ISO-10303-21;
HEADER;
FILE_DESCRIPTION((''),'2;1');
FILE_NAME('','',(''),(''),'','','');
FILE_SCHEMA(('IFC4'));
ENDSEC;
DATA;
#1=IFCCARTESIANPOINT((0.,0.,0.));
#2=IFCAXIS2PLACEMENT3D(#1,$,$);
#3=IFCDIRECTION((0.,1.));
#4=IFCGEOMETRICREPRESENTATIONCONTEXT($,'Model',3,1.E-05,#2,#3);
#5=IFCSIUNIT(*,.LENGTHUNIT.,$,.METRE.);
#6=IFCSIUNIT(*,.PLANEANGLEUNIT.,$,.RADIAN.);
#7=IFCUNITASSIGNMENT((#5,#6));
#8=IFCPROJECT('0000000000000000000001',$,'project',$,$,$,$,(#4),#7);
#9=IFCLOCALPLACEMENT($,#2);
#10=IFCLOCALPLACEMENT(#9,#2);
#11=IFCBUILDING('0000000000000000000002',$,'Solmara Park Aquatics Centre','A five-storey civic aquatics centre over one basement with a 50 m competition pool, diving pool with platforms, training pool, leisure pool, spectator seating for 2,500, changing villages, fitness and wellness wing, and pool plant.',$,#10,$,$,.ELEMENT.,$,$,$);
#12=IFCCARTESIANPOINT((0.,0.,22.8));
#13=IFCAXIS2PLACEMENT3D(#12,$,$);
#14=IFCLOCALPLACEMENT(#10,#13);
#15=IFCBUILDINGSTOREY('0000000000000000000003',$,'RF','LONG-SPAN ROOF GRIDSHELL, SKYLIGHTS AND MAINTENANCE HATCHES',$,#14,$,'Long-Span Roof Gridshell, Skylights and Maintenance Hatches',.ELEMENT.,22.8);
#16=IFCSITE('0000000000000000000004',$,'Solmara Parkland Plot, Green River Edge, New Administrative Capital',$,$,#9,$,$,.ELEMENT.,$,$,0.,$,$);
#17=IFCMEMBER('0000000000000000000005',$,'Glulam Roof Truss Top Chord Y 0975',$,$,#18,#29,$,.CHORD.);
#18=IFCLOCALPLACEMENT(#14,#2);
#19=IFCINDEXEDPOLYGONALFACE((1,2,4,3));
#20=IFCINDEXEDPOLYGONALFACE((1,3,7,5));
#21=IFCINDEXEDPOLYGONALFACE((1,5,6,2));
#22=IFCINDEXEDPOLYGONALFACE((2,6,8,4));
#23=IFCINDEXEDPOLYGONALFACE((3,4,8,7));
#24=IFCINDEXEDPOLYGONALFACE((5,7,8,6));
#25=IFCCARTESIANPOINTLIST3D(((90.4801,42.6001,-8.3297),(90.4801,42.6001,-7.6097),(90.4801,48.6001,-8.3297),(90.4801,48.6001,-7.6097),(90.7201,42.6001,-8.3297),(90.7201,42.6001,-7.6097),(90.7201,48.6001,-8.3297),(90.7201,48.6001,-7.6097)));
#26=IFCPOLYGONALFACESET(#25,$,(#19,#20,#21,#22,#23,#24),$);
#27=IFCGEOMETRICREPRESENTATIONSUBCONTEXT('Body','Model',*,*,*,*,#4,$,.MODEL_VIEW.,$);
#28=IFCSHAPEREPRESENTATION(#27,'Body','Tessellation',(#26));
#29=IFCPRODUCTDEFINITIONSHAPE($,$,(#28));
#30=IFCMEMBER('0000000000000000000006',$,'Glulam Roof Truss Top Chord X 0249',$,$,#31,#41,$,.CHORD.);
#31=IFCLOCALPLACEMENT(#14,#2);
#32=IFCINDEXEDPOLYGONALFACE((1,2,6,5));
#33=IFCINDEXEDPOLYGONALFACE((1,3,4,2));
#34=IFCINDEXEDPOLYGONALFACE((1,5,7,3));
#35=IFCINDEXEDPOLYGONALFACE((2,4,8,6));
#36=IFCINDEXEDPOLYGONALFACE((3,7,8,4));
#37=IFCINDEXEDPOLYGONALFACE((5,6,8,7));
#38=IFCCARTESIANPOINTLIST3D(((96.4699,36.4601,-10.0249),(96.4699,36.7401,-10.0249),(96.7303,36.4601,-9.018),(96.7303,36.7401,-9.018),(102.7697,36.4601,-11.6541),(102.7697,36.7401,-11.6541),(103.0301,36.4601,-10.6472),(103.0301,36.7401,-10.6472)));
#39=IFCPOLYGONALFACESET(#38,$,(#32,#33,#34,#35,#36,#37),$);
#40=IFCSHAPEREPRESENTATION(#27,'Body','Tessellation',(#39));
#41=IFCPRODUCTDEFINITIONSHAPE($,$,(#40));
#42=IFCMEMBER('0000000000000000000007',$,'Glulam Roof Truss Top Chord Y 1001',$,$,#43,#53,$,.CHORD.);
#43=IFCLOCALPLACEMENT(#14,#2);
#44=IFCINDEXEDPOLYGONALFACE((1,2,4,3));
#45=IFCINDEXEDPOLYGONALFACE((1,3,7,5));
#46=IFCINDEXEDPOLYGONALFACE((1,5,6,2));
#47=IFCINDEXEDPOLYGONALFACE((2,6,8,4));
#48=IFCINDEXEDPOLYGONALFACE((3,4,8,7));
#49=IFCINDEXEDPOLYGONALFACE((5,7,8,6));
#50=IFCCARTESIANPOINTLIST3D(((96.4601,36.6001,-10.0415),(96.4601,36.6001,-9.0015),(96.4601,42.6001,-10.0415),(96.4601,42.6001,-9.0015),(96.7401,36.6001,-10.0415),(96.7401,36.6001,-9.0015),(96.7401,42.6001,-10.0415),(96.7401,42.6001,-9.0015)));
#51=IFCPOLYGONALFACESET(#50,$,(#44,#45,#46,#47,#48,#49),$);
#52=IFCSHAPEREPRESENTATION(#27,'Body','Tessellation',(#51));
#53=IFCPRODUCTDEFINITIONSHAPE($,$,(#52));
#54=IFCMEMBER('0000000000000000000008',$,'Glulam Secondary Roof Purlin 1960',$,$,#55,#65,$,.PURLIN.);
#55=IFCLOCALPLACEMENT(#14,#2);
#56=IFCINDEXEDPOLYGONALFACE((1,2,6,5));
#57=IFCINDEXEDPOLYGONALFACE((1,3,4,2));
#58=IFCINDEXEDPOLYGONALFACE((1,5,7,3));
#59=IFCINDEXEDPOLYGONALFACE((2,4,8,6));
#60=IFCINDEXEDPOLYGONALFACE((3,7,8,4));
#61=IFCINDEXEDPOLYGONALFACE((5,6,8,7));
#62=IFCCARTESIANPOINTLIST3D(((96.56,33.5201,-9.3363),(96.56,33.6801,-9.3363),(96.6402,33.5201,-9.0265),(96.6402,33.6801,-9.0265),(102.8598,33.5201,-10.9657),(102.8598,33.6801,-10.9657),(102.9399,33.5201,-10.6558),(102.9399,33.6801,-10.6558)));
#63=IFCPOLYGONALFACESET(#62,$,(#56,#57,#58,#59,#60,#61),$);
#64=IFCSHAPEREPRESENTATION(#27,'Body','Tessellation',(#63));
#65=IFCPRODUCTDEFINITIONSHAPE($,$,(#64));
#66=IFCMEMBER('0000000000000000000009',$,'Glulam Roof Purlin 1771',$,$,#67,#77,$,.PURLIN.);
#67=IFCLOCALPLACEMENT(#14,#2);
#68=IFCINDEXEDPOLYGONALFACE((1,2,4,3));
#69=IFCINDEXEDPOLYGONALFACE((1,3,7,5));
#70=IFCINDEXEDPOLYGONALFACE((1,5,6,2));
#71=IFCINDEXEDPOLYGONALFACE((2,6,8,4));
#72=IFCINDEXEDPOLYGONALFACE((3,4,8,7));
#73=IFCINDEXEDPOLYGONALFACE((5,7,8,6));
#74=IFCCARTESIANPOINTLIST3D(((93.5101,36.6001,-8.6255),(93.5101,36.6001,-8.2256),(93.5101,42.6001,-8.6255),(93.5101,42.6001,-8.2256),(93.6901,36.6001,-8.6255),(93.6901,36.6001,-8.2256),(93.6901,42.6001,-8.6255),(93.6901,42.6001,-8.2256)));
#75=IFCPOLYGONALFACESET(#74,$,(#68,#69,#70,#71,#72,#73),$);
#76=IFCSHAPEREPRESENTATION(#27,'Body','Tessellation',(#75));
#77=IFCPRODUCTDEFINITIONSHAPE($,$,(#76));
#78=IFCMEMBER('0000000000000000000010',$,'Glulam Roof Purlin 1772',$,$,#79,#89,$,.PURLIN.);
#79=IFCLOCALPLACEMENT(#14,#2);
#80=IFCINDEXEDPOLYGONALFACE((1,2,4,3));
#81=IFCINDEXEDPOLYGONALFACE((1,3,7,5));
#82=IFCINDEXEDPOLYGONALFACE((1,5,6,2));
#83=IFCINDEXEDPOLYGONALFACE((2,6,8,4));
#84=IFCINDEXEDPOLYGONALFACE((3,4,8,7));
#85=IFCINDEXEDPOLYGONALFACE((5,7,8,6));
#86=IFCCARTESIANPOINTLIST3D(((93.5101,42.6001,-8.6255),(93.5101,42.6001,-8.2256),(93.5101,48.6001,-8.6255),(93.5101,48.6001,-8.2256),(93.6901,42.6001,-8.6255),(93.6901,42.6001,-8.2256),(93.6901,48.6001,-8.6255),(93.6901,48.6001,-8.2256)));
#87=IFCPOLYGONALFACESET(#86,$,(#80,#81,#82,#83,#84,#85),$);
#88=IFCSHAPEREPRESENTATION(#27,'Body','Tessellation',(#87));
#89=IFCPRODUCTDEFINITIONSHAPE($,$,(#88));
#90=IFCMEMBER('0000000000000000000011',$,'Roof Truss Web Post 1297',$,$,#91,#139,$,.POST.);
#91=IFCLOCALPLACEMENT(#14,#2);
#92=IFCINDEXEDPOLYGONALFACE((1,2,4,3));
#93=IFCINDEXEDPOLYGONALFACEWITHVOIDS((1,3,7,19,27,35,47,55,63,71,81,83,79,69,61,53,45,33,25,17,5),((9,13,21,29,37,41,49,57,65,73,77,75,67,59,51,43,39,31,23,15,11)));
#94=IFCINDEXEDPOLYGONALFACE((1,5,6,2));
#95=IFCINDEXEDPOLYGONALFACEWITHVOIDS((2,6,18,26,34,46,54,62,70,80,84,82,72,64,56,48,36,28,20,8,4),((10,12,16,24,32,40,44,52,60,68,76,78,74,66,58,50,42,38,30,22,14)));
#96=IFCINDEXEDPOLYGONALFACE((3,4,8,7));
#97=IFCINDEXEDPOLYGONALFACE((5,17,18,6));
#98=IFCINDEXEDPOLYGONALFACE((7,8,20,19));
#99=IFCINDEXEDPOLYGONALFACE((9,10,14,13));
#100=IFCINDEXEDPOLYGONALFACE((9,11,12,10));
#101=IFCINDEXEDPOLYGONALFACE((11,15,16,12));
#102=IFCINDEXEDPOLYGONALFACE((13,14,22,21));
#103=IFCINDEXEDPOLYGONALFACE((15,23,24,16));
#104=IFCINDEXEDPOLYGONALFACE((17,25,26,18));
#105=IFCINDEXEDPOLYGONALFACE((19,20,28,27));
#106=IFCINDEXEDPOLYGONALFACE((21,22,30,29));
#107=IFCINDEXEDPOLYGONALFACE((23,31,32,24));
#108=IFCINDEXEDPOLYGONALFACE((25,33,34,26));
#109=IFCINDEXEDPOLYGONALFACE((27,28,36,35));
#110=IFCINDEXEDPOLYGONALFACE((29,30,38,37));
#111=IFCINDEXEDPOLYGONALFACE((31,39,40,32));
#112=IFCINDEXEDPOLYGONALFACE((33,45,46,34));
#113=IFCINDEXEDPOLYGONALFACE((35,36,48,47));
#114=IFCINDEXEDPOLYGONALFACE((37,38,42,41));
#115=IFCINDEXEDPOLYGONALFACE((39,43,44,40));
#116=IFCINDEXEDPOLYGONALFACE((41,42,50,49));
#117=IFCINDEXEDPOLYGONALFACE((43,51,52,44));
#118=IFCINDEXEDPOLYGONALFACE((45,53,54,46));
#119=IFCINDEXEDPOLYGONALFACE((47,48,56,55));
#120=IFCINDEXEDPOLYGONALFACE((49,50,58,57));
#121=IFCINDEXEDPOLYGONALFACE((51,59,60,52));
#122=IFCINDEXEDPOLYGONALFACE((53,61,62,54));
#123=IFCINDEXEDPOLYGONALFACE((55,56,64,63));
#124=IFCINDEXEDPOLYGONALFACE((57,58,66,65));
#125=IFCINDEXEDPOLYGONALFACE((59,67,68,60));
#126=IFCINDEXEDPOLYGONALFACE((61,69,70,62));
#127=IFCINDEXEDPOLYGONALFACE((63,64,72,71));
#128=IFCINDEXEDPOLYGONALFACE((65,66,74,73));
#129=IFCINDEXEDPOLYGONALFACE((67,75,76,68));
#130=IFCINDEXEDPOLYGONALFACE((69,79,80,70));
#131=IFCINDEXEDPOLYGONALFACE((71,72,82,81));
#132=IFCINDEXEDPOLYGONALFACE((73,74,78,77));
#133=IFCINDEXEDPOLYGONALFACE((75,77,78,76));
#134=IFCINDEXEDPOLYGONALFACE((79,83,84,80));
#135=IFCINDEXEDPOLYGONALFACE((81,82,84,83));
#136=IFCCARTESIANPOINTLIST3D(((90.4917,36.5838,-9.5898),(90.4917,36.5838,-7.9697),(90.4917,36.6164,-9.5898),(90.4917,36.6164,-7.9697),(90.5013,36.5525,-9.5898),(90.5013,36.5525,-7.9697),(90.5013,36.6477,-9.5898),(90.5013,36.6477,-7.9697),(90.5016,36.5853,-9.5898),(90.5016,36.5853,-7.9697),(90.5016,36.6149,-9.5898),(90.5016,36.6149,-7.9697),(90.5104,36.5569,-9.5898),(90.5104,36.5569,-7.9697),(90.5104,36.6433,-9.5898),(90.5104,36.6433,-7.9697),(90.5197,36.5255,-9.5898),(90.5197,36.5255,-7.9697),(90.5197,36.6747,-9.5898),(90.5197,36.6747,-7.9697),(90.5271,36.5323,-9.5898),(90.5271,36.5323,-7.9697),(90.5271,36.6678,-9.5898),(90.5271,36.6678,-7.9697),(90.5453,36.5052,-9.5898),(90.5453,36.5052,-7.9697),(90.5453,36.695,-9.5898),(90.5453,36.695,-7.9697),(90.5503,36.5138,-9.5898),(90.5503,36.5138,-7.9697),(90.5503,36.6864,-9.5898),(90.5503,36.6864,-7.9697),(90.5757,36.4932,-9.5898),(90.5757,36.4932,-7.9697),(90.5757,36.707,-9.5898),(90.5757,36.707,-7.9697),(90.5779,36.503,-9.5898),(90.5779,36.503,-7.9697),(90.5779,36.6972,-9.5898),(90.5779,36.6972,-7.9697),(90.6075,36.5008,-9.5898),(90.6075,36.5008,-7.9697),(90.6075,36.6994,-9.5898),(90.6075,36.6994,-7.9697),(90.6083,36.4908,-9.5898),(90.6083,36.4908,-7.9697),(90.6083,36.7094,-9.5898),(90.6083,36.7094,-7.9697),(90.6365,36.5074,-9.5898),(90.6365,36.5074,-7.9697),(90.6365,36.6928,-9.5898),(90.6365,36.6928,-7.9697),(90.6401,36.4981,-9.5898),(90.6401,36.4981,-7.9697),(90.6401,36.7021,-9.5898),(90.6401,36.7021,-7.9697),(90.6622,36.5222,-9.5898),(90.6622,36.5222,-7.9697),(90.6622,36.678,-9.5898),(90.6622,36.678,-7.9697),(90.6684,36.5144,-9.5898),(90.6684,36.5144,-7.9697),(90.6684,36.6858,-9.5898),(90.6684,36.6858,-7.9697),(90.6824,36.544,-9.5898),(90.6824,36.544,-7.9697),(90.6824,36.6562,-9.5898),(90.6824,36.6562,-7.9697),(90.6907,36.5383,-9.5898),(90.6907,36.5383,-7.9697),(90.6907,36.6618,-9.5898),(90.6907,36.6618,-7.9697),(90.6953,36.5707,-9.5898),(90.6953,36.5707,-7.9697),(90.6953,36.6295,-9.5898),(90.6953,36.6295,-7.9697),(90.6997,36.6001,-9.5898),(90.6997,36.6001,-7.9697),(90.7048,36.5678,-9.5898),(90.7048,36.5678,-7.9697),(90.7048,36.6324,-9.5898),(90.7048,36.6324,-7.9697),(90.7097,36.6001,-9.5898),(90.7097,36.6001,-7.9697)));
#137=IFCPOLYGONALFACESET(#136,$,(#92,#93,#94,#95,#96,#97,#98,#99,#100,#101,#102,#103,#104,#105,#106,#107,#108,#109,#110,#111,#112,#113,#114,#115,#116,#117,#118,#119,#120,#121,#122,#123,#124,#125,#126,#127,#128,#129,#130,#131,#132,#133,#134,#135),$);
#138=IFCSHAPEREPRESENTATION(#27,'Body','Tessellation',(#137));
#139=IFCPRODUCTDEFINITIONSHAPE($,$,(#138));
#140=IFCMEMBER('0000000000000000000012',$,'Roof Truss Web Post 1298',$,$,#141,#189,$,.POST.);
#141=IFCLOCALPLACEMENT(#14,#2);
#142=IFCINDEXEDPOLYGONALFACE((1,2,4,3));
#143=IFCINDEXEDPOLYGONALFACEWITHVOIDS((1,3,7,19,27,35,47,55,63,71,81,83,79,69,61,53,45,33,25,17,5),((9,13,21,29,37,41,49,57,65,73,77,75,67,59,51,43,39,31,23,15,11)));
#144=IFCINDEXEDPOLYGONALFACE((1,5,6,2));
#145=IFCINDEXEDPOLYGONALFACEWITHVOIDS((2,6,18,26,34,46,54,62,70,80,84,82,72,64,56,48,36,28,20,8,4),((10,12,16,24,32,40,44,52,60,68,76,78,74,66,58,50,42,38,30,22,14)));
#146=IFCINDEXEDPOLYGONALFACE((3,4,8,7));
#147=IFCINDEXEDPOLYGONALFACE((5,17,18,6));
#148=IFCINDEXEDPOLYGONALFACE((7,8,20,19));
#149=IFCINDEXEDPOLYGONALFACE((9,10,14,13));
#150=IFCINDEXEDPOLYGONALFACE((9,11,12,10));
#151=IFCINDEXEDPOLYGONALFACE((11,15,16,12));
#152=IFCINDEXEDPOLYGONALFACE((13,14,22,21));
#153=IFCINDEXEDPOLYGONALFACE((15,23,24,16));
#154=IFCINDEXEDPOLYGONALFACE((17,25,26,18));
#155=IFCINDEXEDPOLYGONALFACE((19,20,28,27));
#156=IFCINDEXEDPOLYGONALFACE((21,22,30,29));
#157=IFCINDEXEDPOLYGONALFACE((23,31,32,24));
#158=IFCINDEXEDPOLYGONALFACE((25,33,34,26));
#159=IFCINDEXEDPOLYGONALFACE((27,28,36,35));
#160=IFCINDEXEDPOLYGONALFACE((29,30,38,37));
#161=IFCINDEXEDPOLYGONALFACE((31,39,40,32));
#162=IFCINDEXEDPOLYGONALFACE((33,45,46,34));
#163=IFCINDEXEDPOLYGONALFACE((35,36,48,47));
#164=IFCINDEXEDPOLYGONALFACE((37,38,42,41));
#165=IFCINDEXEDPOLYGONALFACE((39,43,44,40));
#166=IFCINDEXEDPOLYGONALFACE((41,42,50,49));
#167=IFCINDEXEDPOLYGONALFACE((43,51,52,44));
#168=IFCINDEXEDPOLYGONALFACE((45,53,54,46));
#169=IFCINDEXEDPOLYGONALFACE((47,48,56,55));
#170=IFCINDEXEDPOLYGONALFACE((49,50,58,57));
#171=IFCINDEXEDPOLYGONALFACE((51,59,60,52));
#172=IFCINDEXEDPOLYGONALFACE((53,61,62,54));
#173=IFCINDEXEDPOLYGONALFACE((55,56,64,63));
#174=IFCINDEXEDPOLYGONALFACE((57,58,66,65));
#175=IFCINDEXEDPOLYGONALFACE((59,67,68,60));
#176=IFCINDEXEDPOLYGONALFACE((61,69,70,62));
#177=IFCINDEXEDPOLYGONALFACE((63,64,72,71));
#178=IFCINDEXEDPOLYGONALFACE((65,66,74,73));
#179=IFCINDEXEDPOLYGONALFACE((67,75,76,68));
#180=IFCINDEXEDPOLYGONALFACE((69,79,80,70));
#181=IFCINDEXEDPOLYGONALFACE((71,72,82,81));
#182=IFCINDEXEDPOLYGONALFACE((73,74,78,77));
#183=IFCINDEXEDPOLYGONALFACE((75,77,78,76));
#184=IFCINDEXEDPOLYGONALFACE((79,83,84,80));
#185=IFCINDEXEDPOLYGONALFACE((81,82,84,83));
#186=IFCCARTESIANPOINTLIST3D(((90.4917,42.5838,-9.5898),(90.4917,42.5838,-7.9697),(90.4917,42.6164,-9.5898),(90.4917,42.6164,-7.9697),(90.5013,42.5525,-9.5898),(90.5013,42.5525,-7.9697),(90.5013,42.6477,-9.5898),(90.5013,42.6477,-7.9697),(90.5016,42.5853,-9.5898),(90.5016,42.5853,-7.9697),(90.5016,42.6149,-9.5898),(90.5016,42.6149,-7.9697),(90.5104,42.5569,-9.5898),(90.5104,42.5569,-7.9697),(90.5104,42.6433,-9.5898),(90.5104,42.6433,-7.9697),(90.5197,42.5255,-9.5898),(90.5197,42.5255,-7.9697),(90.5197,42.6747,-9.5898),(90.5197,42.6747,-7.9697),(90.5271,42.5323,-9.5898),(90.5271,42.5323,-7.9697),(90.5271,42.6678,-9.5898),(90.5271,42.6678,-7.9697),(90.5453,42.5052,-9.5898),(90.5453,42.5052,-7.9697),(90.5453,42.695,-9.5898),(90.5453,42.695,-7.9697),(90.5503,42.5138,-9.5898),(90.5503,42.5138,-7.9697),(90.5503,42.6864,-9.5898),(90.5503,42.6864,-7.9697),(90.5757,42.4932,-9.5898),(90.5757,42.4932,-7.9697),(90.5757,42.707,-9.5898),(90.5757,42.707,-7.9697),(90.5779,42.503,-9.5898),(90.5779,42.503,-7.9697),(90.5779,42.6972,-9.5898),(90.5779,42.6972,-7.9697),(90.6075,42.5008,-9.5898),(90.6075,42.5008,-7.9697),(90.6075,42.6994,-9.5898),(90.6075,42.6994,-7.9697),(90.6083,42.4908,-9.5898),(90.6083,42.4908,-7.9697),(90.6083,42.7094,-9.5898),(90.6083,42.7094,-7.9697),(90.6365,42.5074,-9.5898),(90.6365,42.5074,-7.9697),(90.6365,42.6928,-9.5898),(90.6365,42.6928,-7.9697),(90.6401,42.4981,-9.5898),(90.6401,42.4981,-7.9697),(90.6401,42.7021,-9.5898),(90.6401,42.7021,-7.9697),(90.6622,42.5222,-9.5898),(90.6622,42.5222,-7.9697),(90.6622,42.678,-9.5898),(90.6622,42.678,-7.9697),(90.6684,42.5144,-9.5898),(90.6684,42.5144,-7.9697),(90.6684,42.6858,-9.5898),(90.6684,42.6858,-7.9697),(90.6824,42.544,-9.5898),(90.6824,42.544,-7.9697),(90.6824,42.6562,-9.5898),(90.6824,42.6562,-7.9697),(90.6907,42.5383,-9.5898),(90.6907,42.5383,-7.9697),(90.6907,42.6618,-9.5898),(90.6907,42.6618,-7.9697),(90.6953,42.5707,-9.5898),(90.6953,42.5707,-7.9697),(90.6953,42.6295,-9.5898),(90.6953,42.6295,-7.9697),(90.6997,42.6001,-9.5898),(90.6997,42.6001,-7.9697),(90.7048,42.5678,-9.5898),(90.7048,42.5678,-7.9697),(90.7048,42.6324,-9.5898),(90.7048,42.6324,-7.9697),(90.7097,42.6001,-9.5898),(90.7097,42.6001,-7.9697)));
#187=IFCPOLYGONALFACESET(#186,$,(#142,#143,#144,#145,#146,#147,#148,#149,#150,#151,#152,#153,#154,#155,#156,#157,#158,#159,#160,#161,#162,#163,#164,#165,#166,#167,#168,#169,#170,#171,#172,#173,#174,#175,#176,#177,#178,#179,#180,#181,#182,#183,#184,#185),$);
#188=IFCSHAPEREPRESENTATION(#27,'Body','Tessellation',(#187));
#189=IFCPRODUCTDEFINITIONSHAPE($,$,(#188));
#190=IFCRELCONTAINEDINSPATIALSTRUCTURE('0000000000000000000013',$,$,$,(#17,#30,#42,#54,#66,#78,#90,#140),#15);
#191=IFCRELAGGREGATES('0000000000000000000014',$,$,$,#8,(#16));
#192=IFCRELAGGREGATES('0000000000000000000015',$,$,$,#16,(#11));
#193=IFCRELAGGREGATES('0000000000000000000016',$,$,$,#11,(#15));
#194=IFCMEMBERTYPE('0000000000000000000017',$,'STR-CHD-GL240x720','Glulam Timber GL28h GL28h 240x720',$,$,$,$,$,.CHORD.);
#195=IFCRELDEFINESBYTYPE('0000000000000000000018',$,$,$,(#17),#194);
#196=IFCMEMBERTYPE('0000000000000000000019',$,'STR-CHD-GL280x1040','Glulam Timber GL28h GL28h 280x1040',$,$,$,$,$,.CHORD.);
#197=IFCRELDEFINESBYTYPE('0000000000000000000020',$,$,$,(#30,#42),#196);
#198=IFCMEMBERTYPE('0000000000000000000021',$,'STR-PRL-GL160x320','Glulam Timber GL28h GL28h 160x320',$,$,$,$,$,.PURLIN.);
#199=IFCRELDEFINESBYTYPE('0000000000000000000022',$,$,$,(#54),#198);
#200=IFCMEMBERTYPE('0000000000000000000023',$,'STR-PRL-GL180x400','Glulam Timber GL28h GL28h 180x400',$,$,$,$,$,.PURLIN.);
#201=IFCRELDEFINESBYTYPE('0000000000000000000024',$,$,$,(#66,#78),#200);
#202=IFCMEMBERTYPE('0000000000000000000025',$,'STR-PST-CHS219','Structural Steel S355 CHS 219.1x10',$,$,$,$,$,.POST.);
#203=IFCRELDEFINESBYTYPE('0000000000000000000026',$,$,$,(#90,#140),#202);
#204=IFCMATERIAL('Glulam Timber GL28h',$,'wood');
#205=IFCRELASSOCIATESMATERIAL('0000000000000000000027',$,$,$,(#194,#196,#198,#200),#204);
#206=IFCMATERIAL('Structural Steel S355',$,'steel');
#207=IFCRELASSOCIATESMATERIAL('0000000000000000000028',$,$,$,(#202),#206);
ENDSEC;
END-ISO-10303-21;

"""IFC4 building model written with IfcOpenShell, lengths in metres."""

from ifc_helpers import new_model, si_unit, direction, frame, origin, origin_2d, place, context, subcontext, project, spatial, rectangle, hollow_circle, extrude, material, material_profile, profile_set, type_object, element, save


model = new_model("IFC4")

# Units and contexts
model_context = context("Model", 3, precision=1e-05, world=origin(), true_north=direction((0.0, 1.0)))
body_context = subcontext(model_context, "Body", "Model", "MODEL_VIEW")
ifc_project = project(units=[si_unit("LENGTHUNIT", "METRE"), si_unit("PLANEANGLEUNIT", "RADIAN")], contexts=[model_context])

# Site, building, storey
site_placement = place(None, origin())
site = spatial("IfcSite", under=ifc_project, at=site_placement, Name="Solmara Parkland Plot, Green River Edge, New Administrative Capital", CompositionType="ELEMENT", RefElevation=0.0)
building_placement = place(site_placement, origin())
building = spatial("IfcBuilding", under=site, at=building_placement, Name="Solmara Park Aquatics Centre", Description="A five-storey civic aquatics centre over one basement with a 50 m competition pool, diving pool with platforms, training pool, leisure pool, spectator seating for 2,500, changing villages, fitness and wellness wing, and pool plant.", CompositionType="ELEMENT")
storey_placement = place(building_placement, frame((0.0, 0.0, 22.8)))
storey = spatial("IfcBuildingStorey", under=building, at=storey_placement, Name="RF", Description="LONG-SPAN ROOF GRIDSHELL, SKYLIGHTS AND MAINTENANCE HATCHES", LongName="Long-Span Roof Gridshell, Skylights and Maintenance Hatches", CompositionType="ELEMENT", Elevation=22.8)

# Members
ifc_material_1 = material(Name="Structural Steel S355", Category="steel")
ifc_material_2 = material(Name="Glulam Timber GL28h", Category="wood")
ifc_material_profile_1 = material_profile(ifc_material_2, rectangle(XDim=0.24, YDim=0.72, at=origin_2d()), Name="GL28h 240x720")
ifc_profile_set_1 = profile_set([ifc_material_profile_1], Name="Glulam Timber GL28h")
member_type_1 = type_object("IfcMemberType", Name="STR-CHD-GL240x720", Description="Glulam Timber GL28h GL28h 240x720", PredefinedType="CHORD", material=ifc_profile_set_1)
for number, where, z_axis, x_axis, name in (
    (1, (90.6001, 42.6001, -7.9697), (0.0, 1.0, 0.0), (-1.0, 0.0, 0.0), "Glulam Roof Truss Top Chord Y 0975"),
):
    element("IfcMember", number, at=place(storey_placement, frame(where, z_axis=z_axis, x_axis=x_axis)), inside=storey, type_object=member_type_1, Name=name, PredefinedType="CHORD", context=body_context, shape_type="SweptSolid", body=[
        extrude(rectangle(XDim=0.24, YDim=0.72, at=origin_2d()), origin(), (0.0, 0.0, 1.0), 6.0),
    ])
ifc_material_profile_2 = material_profile(ifc_material_2, rectangle(XDim=0.28, YDim=1.04, at=origin_2d()), Name="GL28h 280x1040")
ifc_profile_set_2 = profile_set([ifc_material_profile_2], Name="Glulam Timber GL28h")
member_type_2 = type_object("IfcMemberType", Name="STR-CHD-GL280x1040", Description="Glulam Timber GL28h GL28h 280x1040", PredefinedType="CHORD", material=ifc_profile_set_2)
member_1_placement = place(storey_placement, frame((96.6001, 36.6001, -9.5215), z_axis=(0.968151, 0.0, -0.250367), x_axis=(0.0, 1.0, 0.0)))
element("IfcMember", 2, at=member_1_placement, inside=storey, type_object=member_type_2, Name="Glulam Roof Truss Top Chord X 0249", PredefinedType="CHORD", context=body_context, shape_type="SweptSolid", body=[
    extrude(rectangle(XDim=0.28, YDim=1.04, at=origin_2d()), origin(), (0.0, 0.0, 1.0), 6.5071),
])
member_2_placement = place(storey_placement, frame((96.6001, 36.6001, -9.5215), z_axis=(0.0, 1.0, 0.0), x_axis=(-1.0, 0.0, 0.0)))
element("IfcMember", 3, at=member_2_placement, inside=storey, type_object=member_type_2, Name="Glulam Roof Truss Top Chord Y 1001", PredefinedType="CHORD", context=body_context, shape_type="SweptSolid", body=[
    extrude(rectangle(XDim=0.28, YDim=1.04, at=origin_2d()), origin(), (0.0, 0.0, 1.0), 6.0),
])
ifc_material_profile_3 = material_profile(ifc_material_2, rectangle(XDim=0.1599, YDim=0.3201, at=origin_2d()), Name="GL28h 160x320")
ifc_profile_set_3 = profile_set([ifc_material_profile_3], Name="Glulam Timber GL28h")
member_type_3 = type_object("IfcMemberType", Name="STR-PRL-GL160x320", Description="Glulam Timber GL28h GL28h 160x320", PredefinedType="PURLIN", material=ifc_profile_set_3)
member_3_placement = place(storey_placement, frame((96.6001, 33.6001, -9.1814), z_axis=(0.968142, 0.0, -0.250402), x_axis=(0.0, 1.0, 0.0)))
element("IfcMember", 4, at=member_3_placement, inside=storey, type_object=member_type_3, Name="Glulam Secondary Roof Purlin 1960", PredefinedType="PURLIN", context=body_context, shape_type="SweptSolid", body=[
    extrude(rectangle(XDim=0.1599, YDim=0.3201, at=origin_2d()), origin(), (0.0, 0.0, 1.0), 6.5071),
])
ifc_material_profile_4 = material_profile(ifc_material_2, rectangle(XDim=0.1799, YDim=0.3999, at=origin_2d()), Name="GL28h 180x400")
ifc_profile_set_4 = profile_set([ifc_material_profile_4], Name="Glulam Timber GL28h")
member_type_4 = type_object("IfcMemberType", Name="STR-PRL-GL180x400", Description="Glulam Timber GL28h GL28h 180x400", PredefinedType="PURLIN", material=ifc_profile_set_4)
for number, where, z_axis, x_axis, name in (
    (5, (93.6001, 36.6001, -8.4255), (0.0, 1.0, 0.0), (-1.0, 0.0, 0.0), "Glulam Roof Purlin 1771"),
    (6, (93.6001, 42.6001, -8.4255), (0.0, 1.0, 0.0), (-1.0, 0.0, 0.0), "Glulam Roof Purlin 1772"),
):
    element("IfcMember", number, at=place(storey_placement, frame(where, z_axis=z_axis, x_axis=x_axis)), inside=storey, type_object=member_type_4, Name=name, PredefinedType="PURLIN", context=body_context, shape_type="SweptSolid", body=[
        extrude(rectangle(XDim=0.1799, YDim=0.3999, at=origin_2d()), origin(), (0.0, 0.0, 1.0), 6.0),
    ])
ifc_material_profile_5 = material_profile(ifc_material_1, hollow_circle(Radius=0.1096, WallThickness=0.01, at=origin_2d()), Name="CHS 219.1x10")
ifc_profile_set_5 = profile_set([ifc_material_profile_5], Name="Structural Steel S355")
member_type_5 = type_object("IfcMemberType", Name="STR-PST-CHS219", Description="Structural Steel S355 CHS 219.1x10", PredefinedType="POST", material=ifc_profile_set_5)
for number, where, z_axis, x_axis, name in (
    (7, (90.6001, 36.6001, -9.5898), (0.0, 0.0, 1.0), (1.0, 0.0, 0.0), "Roof Truss Web Post 1297"),
    (8, (90.6001, 42.6001, -9.5898), (0.0, 0.0, 1.0), (1.0, 0.0, 0.0), "Roof Truss Web Post 1298"),
):
    element("IfcMember", number, at=place(storey_placement, frame(where, z_axis=z_axis, x_axis=x_axis)), inside=storey, type_object=member_type_5, Name=name, PredefinedType="POST", context=body_context, shape_type="SweptSolid", body=[
        extrude(hollow_circle(Radius=0.1096, WallThickness=0.01, at=origin_2d()), origin(), (0.0, 0.0, 1.0), 1.6201),
    ])

save(model, "model.ifc")
